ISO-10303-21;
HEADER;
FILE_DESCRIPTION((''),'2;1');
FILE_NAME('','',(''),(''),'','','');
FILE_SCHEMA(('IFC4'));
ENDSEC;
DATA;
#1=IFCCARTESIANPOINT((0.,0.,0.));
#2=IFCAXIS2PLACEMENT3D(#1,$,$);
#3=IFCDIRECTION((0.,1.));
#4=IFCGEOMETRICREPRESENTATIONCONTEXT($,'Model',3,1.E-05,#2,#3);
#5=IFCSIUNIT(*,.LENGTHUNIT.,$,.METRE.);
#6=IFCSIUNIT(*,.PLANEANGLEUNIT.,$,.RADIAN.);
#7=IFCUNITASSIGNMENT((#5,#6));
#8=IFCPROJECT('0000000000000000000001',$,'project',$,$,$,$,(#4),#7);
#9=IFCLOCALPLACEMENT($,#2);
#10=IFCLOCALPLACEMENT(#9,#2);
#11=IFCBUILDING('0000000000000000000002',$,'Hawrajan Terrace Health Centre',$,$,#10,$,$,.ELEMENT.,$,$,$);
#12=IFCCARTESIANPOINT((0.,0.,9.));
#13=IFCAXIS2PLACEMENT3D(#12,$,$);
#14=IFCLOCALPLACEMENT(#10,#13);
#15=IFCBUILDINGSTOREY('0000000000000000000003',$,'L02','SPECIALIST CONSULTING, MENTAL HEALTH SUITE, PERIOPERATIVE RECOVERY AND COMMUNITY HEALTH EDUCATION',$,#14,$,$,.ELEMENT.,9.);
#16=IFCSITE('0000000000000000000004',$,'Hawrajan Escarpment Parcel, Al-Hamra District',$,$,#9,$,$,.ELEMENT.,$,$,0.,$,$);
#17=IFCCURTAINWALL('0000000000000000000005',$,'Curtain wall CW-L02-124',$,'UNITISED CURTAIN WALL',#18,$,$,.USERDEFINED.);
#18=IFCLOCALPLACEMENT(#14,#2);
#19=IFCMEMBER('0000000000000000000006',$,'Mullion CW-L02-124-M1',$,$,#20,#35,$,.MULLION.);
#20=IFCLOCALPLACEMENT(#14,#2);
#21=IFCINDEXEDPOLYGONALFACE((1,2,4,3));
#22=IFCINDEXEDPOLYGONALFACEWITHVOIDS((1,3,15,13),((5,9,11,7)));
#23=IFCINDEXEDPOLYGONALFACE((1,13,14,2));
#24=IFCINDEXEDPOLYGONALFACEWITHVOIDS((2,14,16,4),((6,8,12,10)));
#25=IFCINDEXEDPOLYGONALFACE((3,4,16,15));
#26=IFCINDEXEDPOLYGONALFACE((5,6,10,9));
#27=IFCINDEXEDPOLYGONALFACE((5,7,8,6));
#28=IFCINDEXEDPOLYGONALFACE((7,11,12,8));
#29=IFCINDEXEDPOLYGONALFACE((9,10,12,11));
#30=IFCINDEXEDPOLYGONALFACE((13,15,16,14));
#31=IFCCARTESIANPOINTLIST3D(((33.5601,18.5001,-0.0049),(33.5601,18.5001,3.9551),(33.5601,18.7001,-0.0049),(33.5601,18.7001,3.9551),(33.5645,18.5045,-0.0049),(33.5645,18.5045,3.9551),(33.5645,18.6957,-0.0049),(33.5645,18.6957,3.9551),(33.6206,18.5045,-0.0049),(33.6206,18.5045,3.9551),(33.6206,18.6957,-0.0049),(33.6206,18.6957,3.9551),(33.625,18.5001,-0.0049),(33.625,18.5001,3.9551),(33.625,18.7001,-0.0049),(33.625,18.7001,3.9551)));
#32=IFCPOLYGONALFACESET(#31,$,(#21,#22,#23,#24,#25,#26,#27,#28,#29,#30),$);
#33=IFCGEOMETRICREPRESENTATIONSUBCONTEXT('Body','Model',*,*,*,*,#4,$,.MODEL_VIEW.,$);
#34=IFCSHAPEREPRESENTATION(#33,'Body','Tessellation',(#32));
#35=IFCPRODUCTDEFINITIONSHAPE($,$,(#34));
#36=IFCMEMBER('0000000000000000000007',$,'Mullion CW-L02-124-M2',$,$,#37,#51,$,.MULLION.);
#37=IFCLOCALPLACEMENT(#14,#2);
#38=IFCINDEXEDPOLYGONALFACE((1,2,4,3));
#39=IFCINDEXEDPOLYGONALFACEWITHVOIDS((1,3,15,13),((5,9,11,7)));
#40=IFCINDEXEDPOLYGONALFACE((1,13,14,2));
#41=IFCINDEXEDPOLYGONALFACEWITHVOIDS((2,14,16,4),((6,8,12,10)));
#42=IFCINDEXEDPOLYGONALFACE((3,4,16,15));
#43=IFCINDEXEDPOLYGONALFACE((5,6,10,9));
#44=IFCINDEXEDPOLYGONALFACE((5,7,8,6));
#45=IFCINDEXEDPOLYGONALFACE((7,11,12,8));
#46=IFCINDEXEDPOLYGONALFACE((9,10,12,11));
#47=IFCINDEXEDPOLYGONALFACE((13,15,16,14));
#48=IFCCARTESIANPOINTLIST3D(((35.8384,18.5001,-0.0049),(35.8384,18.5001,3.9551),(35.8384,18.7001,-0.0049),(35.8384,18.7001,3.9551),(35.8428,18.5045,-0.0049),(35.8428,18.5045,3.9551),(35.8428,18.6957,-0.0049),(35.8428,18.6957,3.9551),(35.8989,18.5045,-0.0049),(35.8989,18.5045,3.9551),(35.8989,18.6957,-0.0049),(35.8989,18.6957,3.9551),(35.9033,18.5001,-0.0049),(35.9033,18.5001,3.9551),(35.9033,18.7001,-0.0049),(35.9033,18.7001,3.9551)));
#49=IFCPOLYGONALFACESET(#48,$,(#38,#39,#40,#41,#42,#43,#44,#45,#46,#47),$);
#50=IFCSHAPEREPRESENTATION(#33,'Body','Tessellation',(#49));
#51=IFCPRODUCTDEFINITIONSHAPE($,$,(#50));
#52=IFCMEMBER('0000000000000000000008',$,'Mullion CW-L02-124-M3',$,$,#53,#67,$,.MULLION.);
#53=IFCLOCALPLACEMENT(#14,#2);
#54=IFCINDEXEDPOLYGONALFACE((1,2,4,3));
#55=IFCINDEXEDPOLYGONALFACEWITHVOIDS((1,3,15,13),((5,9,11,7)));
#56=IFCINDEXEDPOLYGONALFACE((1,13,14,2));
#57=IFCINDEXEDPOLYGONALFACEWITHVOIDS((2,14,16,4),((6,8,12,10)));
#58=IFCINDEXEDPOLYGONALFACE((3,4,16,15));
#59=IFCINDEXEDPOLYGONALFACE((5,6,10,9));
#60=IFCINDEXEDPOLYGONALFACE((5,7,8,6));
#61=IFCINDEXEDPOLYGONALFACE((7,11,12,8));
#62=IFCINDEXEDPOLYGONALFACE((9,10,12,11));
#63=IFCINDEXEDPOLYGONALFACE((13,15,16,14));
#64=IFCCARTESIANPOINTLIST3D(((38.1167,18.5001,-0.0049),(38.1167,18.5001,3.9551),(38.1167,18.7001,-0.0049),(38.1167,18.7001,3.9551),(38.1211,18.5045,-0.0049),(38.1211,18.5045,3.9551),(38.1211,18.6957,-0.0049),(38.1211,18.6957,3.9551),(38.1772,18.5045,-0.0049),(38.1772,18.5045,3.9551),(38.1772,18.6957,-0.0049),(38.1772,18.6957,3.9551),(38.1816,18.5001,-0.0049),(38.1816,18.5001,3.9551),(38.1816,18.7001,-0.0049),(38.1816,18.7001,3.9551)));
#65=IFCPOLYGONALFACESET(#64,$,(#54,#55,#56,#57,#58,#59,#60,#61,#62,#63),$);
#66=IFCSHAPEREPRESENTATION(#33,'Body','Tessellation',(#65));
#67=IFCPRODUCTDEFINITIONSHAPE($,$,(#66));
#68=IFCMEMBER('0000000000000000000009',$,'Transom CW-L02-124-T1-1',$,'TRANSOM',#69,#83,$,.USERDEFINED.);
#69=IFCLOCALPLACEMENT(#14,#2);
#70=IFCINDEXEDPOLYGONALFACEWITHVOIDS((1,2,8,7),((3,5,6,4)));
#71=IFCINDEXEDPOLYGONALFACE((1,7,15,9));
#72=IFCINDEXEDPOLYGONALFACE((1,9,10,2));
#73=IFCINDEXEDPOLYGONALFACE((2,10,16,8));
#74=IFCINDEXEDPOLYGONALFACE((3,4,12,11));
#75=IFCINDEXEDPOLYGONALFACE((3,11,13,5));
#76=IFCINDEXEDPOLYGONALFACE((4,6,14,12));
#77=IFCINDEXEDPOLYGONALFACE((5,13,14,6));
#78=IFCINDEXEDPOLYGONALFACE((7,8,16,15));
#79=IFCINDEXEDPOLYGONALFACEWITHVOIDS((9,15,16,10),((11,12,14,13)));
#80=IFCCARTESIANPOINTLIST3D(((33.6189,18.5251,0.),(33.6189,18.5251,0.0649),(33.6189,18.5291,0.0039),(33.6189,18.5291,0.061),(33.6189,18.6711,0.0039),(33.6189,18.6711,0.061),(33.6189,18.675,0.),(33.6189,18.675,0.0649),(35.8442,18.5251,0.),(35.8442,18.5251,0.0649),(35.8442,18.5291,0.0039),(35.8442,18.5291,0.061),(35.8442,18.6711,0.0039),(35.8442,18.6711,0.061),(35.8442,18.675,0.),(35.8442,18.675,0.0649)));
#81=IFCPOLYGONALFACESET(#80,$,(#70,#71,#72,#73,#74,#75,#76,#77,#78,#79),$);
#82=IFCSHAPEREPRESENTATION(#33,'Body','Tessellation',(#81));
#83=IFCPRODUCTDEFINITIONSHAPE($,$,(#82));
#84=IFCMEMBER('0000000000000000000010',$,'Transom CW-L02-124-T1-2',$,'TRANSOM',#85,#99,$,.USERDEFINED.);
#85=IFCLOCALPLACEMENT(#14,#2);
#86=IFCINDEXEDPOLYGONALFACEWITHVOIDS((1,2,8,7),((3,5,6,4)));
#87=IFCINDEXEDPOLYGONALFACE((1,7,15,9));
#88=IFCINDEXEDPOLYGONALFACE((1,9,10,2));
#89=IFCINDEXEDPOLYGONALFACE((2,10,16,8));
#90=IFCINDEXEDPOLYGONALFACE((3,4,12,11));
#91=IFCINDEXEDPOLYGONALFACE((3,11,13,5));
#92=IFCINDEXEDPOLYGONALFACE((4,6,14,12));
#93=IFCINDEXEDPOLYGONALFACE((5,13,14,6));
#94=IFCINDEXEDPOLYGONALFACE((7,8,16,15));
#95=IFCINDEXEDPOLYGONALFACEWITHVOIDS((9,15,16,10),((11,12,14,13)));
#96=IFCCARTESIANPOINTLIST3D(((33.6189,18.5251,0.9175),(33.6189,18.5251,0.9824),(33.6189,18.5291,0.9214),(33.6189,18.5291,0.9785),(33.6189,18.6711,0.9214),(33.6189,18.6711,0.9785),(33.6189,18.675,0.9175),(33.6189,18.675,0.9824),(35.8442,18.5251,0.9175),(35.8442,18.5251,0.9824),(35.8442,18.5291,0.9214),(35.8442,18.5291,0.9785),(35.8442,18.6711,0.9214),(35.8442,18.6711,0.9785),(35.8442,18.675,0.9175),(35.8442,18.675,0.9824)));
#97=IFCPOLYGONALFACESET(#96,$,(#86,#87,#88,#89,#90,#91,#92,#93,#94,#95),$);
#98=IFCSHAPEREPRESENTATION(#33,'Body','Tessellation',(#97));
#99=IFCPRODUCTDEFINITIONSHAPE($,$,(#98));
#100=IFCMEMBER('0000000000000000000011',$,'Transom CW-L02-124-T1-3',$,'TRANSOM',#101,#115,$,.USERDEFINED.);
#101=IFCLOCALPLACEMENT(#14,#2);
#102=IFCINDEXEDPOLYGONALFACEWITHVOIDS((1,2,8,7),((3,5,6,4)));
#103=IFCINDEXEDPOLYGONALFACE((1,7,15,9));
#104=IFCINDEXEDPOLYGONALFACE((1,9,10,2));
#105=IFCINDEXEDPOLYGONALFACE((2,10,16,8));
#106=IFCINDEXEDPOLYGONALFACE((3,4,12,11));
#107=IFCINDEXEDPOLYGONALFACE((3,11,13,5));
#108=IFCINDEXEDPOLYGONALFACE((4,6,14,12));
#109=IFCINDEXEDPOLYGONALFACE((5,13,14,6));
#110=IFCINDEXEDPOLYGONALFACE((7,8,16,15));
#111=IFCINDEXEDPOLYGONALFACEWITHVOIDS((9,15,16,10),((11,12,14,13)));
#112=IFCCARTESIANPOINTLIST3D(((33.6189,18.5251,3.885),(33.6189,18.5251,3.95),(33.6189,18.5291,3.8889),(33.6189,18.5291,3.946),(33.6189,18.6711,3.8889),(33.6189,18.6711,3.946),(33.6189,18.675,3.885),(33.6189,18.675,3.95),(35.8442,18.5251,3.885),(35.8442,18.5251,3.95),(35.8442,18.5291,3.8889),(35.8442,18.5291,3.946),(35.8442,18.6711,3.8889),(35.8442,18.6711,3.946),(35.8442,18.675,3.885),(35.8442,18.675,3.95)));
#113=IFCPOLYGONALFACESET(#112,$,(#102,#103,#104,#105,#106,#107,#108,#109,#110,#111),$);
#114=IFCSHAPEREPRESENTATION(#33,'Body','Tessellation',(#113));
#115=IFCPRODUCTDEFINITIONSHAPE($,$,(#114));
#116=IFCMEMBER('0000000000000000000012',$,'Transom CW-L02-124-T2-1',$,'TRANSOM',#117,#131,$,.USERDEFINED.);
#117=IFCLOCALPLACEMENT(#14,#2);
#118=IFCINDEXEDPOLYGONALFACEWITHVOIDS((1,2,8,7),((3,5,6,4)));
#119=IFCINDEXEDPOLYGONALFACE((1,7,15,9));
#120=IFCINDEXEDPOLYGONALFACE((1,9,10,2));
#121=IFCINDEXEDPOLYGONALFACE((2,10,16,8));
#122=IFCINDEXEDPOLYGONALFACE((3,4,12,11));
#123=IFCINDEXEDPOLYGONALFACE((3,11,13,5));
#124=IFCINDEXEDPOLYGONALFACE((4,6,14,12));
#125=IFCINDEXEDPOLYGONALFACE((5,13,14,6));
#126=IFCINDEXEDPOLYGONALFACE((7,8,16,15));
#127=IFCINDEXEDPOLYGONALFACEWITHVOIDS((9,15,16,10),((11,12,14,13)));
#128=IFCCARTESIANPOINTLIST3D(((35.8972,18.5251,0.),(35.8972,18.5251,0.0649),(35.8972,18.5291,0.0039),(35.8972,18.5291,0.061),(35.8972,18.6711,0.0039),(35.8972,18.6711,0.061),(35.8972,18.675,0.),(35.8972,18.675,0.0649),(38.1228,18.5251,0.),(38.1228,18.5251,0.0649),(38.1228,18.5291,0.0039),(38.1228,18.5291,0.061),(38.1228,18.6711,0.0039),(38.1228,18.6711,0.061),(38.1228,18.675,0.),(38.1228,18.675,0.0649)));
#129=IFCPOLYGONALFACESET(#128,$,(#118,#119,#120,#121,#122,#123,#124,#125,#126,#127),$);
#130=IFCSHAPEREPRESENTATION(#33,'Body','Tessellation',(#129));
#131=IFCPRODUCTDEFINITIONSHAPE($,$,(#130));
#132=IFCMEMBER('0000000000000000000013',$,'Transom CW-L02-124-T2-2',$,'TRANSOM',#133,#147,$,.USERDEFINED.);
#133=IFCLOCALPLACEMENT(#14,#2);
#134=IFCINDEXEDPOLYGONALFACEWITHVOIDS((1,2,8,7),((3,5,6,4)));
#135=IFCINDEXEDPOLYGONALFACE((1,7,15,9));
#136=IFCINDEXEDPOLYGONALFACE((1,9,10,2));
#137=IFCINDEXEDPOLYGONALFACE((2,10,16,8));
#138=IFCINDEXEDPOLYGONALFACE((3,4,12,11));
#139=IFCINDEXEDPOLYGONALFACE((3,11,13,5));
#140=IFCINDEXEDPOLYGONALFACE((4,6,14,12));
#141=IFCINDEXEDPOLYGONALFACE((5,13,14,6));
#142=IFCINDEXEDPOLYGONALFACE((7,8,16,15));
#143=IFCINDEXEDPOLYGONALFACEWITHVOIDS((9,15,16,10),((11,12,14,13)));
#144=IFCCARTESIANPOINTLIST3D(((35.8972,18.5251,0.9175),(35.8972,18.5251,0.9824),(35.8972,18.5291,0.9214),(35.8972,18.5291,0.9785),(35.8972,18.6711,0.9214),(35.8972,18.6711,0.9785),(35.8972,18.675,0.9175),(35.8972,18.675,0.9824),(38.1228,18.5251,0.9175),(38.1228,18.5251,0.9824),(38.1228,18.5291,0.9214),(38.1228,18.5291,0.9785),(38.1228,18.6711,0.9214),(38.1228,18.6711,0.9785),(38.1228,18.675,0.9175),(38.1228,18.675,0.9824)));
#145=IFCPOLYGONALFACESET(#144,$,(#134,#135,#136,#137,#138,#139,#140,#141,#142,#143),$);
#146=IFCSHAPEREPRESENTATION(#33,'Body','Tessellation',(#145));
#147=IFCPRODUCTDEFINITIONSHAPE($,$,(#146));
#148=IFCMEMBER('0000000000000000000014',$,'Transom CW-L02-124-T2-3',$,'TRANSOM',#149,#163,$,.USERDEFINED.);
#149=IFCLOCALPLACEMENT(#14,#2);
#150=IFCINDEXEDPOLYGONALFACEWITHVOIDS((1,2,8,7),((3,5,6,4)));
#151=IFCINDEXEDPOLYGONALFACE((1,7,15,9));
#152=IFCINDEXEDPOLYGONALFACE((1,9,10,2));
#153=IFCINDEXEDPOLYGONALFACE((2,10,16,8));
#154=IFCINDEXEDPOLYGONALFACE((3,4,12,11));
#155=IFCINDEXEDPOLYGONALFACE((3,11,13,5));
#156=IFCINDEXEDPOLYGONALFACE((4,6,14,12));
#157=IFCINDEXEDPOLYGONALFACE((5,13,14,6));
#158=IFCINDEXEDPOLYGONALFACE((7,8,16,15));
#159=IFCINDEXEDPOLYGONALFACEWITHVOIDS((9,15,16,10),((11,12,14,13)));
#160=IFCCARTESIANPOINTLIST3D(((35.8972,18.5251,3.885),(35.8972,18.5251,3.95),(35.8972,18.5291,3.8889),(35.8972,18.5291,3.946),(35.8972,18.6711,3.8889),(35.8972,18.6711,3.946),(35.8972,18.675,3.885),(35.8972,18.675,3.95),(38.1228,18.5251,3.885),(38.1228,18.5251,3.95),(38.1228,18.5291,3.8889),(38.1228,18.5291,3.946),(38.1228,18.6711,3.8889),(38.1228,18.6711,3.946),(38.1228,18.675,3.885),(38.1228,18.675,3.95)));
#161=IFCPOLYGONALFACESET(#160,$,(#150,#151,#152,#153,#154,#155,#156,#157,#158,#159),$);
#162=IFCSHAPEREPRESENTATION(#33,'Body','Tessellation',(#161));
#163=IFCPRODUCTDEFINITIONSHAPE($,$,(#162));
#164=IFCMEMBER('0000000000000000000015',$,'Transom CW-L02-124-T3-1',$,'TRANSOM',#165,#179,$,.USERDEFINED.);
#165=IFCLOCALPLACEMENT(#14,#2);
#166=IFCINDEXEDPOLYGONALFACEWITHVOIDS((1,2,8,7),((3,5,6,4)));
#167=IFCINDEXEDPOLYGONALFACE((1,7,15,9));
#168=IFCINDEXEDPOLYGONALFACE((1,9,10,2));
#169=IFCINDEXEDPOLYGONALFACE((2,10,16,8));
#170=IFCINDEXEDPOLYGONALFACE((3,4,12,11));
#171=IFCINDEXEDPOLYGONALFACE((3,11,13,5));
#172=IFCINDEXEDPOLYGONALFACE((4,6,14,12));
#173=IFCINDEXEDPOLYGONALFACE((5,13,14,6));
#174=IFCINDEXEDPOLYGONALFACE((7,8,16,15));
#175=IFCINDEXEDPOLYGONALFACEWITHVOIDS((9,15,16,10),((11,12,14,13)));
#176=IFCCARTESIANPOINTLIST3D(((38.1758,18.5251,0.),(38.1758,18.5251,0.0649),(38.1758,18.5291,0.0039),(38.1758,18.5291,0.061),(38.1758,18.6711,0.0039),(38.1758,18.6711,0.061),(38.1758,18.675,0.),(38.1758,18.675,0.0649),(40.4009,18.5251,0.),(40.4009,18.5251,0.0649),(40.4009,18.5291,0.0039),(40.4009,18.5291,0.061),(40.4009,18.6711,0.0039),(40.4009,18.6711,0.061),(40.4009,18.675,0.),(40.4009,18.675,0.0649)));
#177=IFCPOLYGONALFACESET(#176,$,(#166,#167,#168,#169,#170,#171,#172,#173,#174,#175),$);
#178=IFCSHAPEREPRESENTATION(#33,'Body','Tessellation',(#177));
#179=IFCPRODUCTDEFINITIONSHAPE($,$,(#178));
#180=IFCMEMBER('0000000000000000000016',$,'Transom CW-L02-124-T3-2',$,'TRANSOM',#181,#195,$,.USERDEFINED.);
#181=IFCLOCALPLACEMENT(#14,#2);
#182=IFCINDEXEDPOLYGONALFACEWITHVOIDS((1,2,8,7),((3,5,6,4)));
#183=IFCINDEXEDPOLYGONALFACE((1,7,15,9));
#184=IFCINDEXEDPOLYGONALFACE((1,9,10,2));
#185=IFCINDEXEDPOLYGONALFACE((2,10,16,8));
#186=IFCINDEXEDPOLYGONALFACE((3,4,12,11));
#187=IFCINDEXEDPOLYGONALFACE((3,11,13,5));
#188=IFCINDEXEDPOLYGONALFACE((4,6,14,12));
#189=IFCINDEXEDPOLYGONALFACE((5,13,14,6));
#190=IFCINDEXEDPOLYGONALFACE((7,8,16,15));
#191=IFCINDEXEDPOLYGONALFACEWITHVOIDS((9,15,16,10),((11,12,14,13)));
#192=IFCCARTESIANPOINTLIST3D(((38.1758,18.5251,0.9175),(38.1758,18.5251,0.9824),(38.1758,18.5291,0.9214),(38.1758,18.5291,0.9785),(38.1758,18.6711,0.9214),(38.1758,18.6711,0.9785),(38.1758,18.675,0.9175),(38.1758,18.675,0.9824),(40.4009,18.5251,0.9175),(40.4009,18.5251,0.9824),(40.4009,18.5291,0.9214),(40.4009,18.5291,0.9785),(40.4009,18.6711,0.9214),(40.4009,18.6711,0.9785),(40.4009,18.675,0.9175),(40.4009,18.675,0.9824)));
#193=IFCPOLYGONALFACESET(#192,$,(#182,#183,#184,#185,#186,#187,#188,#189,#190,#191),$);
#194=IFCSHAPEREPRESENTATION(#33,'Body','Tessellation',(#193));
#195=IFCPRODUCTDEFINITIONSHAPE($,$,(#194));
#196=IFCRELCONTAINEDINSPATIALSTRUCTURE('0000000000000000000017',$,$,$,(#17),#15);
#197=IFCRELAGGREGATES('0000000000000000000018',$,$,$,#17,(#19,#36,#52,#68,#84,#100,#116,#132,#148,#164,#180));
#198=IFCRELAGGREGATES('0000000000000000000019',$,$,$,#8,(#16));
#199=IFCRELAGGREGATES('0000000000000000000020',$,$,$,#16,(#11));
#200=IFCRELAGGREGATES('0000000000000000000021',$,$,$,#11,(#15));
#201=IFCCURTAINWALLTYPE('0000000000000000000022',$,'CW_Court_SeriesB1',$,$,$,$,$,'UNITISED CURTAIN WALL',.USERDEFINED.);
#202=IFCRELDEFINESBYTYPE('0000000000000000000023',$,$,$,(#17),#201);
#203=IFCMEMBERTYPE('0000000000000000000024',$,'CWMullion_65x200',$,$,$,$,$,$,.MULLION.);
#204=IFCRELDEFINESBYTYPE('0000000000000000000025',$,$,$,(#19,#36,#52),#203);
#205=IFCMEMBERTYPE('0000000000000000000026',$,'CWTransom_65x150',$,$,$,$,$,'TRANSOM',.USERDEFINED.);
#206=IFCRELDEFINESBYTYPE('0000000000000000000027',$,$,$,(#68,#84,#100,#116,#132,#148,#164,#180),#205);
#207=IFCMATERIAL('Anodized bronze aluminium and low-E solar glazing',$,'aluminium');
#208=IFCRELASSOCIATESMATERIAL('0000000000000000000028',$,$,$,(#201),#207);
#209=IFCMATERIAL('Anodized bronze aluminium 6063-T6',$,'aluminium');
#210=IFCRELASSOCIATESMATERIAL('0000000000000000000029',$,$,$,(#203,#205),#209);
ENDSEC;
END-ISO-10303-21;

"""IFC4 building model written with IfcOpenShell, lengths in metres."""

from ifc_helpers import new_model, si_unit, direction, frame, origin, origin_2d, place, context, subcontext, project, spatial, hollow_rectangle, extrude, material, material_profile, profile_set, type_object, element, aggregate, save


model = new_model("IFC4")

# Units and contexts
model_context = context("Model", 3, precision=1e-05, world=origin(), true_north=direction((0.0, 1.0)))
body_context = subcontext(model_context, "Body", "Model", "MODEL_VIEW")
ifc_project = project(units=[si_unit("LENGTHUNIT", "METRE"), si_unit("PLANEANGLEUNIT", "RADIAN")], contexts=[model_context])

# Site, building, storey
site_placement = place(None, origin())
site = spatial("IfcSite", under=ifc_project, at=site_placement, Name="Hawrajan Escarpment Parcel, Al-Hamra District", CompositionType="ELEMENT", RefElevation=0.0)
building_placement = place(site_placement, origin())
building = spatial("IfcBuilding", under=site, at=building_placement, Name="Hawrajan Terrace Health Centre", CompositionType="ELEMENT")
storey_placement = place(building_placement, frame((0.0, 0.0, 9.0)))
storey = spatial("IfcBuildingStorey", under=building, at=storey_placement, Name="L02", Description="SPECIALIST CONSULTING, MENTAL HEALTH SUITE, PERIOPERATIVE RECOVERY AND COMMUNITY HEALTH EDUCATION", CompositionType="ELEMENT", Elevation=9.0)

# Curtain wall, members
ifc_material_1 = material(Name="Anodized bronze aluminium and low-E solar glazing", Category="aluminium")
curtain_wall_type = type_object("IfcCurtainWallType", Name="CW_Court_SeriesB1", ElementType="UNITISED CURTAIN WALL", PredefinedType="USERDEFINED", material=ifc_material_1)
curtain_wall_placement = place(storey_placement, origin())
curtain_wall = element("IfcCurtainWall", 1, at=curtain_wall_placement, inside=storey, type_object=curtain_wall_type, Name="Curtain wall CW-L02-124", ObjectType="UNITISED CURTAIN WALL", PredefinedType="USERDEFINED")
ifc_material_2 = material(Name="Anodized bronze aluminium 6063-T6", Category="aluminium")
ifc_material_profile_1 = material_profile(ifc_material_2, hollow_rectangle(XDim=0.0649, YDim=0.2, WallThickness=0.0044, at=origin_2d()), Name="CW MUL 65x200")
ifc_profile_set_1 = profile_set([ifc_material_profile_1], Name="Anodized bronze aluminium 6063-T6")
member_type_1 = type_object("IfcMemberType", Name="CWMullion_65x200", PredefinedType="MULLION", material=ifc_profile_set_1)
member_1_placement = place(storey_placement, frame((33.5925, 18.6001, -0.0049), z_axis=(0.0, 0.0, 1.0), x_axis=(1.0, 0.0, 0.0)))
member_1 = element("IfcMember", 2, at=member_1_placement, type_object=member_type_1, Name="Mullion CW-L02-124-M1", PredefinedType="MULLION", context=body_context, shape_type="SweptSolid", body=[
    extrude(hollow_rectangle(XDim=0.0649, YDim=0.2, WallThickness=0.0044, at=origin_2d()), origin(), (0.0, 0.0, 1.0), 3.96),
])
member_2_placement = place(storey_placement, frame((35.8708, 18.6001, -0.0049), z_axis=(0.0, 0.0, 1.0), x_axis=(1.0, 0.0, 0.0)))
member_2 = element("IfcMember", 3, at=member_2_placement, type_object=member_type_1, Name="Mullion CW-L02-124-M2", PredefinedType="MULLION", context=body_context, shape_type="SweptSolid", body=[
    extrude(hollow_rectangle(XDim=0.0649, YDim=0.2, WallThickness=0.0044, at=origin_2d()), origin(), (0.0, 0.0, 1.0), 3.96),
])
member_3_placement = place(storey_placement, frame((38.1492, 18.6001, -0.0049), z_axis=(0.0, 0.0, 1.0), x_axis=(1.0, 0.0, 0.0)))
member_3 = element("IfcMember", 4, at=member_3_placement, type_object=member_type_1, Name="Mullion CW-L02-124-M3", PredefinedType="MULLION", context=body_context, shape_type="SweptSolid", body=[
    extrude(hollow_rectangle(XDim=0.0649, YDim=0.2, WallThickness=0.0044, at=origin_2d()), origin(), (0.0, 0.0, 1.0), 3.96),
])
ifc_material_profile_2 = material_profile(ifc_material_2, hollow_rectangle(XDim=0.0649, YDim=0.1499, WallThickness=0.0039, at=origin_2d()), Name="CW TRN 65x150")
ifc_profile_set_2 = profile_set([ifc_material_profile_2], Name="Anodized bronze aluminium 6063-T6")
member_type_2 = type_object("IfcMemberType", Name="CWTransom_65x150", ElementType="TRANSOM", PredefinedType="USERDEFINED", material=ifc_profile_set_2)
member_4_placement = place(storey_placement, frame((33.6189, 18.6001, 0.0325), z_axis=(1.0, 0.0, 0.0), x_axis=(0.0, 0.0, 1.0)))
member_4 = element("IfcMember", 5, at=member_4_placement, type_object=member_type_2, Name="Transom CW-L02-124-T1-1", ObjectType="TRANSOM", PredefinedType="USERDEFINED", context=body_context, shape_type="SweptSolid", body=[
    extrude(hollow_rectangle(XDim=0.0649, YDim=0.1499, WallThickness=0.0039, at=origin_2d()), origin(), (0.0, 0.0, 1.0), 2.2253),
])
member_5_placement = place(storey_placement, frame((33.6189, 18.6001, 0.95), z_axis=(1.0, 0.0, 0.0), x_axis=(0.0, 0.0, 1.0)))
member_5 = element("IfcMember", 6, at=member_5_placement, type_object=member_type_2, Name="Transom CW-L02-124-T1-2", ObjectType="TRANSOM", PredefinedType="USERDEFINED", context=body_context, shape_type="SweptSolid", body=[
    extrude(hollow_rectangle(XDim=0.0649, YDim=0.1499, WallThickness=0.0039, at=origin_2d()), origin(), (0.0, 0.0, 1.0), 2.2253),
])
member_6_placement = place(storey_placement, frame((33.6189, 18.6001, 3.9175), z_axis=(1.0, 0.0, 0.0), x_axis=(0.0, 0.0, 1.0)))
member_6 = element("IfcMember", 7, at=member_6_placement, type_object=member_type_2, Name="Transom CW-L02-124-T1-3", ObjectType="TRANSOM", PredefinedType="USERDEFINED", context=body_context, shape_type="SweptSolid", body=[
    extrude(hollow_rectangle(XDim=0.0649, YDim=0.1499, WallThickness=0.0039, at=origin_2d()), origin(), (0.0, 0.0, 1.0), 2.2253),
])
member_7_placement = place(storey_placement, frame((35.8972, 18.6001, 0.0325), z_axis=(1.0, 0.0, 0.0), x_axis=(0.0, 0.0, 1.0)))
member_7 = element("IfcMember", 8, at=member_7_placement, type_object=member_type_2, Name="Transom CW-L02-124-T2-1", ObjectType="TRANSOM", PredefinedType="USERDEFINED", context=body_context, shape_type="SweptSolid", body=[
    extrude(hollow_rectangle(XDim=0.0649, YDim=0.1499, WallThickness=0.0039, at=origin_2d()), origin(), (0.0, 0.0, 1.0), 2.2256),
])
member_8_placement = place(storey_placement, frame((35.8972, 18.6001, 0.95), z_axis=(1.0, 0.0, 0.0), x_axis=(0.0, 0.0, 1.0)))
member_8 = element("IfcMember", 9, at=member_8_placement, type_object=member_type_2, Name="Transom CW-L02-124-T2-2", ObjectType="TRANSOM", PredefinedType="USERDEFINED", context=body_context, shape_type="SweptSolid", body=[
    extrude(hollow_rectangle(XDim=0.0649, YDim=0.1499, WallThickness=0.0039, at=origin_2d()), origin(), (0.0, 0.0, 1.0), 2.2256),
])
member_9_placement = place(storey_placement, frame((35.8972, 18.6001, 3.9175), z_axis=(1.0, 0.0, 0.0), x_axis=(0.0, 0.0, 1.0)))
member_9 = element("IfcMember", 10, at=member_9_placement, type_object=member_type_2, Name="Transom CW-L02-124-T2-3", ObjectType="TRANSOM", PredefinedType="USERDEFINED", context=body_context, shape_type="SweptSolid", body=[
    extrude(hollow_rectangle(XDim=0.0649, YDim=0.1499, WallThickness=0.0039, at=origin_2d()), origin(), (0.0, 0.0, 1.0), 2.2256),
])
member_10_placement = place(storey_placement, frame((38.1758, 18.6001, 0.0325), z_axis=(1.0, 0.0, 0.0), x_axis=(0.0, 0.0, 1.0)))
member_10 = element("IfcMember", 11, at=member_10_placement, type_object=member_type_2, Name="Transom CW-L02-124-T3-1", ObjectType="TRANSOM", PredefinedType="USERDEFINED", context=body_context, shape_type="SweptSolid", body=[
    extrude(hollow_rectangle(XDim=0.0649, YDim=0.1499, WallThickness=0.0039, at=origin_2d()), origin(), (0.0, 0.0, 1.0), 2.2251),
])
member_11_placement = place(storey_placement, frame((38.1758, 18.6001, 0.95), z_axis=(1.0, 0.0, 0.0), x_axis=(0.0, 0.0, 1.0)))
member_11 = element("IfcMember", 12, at=member_11_placement, type_object=member_type_2, Name="Transom CW-L02-124-T3-2", ObjectType="TRANSOM", PredefinedType="USERDEFINED", context=body_context, shape_type="SweptSolid", body=[
    extrude(hollow_rectangle(XDim=0.0649, YDim=0.1499, WallThickness=0.0039, at=origin_2d()), origin(), (0.0, 0.0, 1.0), 2.2251),
])

aggregate(curtain_wall, [member_1, member_2, member_3, member_4, member_5, member_6, member_7, member_8, member_9, member_10, member_11])

save(model, "model.ifc")
